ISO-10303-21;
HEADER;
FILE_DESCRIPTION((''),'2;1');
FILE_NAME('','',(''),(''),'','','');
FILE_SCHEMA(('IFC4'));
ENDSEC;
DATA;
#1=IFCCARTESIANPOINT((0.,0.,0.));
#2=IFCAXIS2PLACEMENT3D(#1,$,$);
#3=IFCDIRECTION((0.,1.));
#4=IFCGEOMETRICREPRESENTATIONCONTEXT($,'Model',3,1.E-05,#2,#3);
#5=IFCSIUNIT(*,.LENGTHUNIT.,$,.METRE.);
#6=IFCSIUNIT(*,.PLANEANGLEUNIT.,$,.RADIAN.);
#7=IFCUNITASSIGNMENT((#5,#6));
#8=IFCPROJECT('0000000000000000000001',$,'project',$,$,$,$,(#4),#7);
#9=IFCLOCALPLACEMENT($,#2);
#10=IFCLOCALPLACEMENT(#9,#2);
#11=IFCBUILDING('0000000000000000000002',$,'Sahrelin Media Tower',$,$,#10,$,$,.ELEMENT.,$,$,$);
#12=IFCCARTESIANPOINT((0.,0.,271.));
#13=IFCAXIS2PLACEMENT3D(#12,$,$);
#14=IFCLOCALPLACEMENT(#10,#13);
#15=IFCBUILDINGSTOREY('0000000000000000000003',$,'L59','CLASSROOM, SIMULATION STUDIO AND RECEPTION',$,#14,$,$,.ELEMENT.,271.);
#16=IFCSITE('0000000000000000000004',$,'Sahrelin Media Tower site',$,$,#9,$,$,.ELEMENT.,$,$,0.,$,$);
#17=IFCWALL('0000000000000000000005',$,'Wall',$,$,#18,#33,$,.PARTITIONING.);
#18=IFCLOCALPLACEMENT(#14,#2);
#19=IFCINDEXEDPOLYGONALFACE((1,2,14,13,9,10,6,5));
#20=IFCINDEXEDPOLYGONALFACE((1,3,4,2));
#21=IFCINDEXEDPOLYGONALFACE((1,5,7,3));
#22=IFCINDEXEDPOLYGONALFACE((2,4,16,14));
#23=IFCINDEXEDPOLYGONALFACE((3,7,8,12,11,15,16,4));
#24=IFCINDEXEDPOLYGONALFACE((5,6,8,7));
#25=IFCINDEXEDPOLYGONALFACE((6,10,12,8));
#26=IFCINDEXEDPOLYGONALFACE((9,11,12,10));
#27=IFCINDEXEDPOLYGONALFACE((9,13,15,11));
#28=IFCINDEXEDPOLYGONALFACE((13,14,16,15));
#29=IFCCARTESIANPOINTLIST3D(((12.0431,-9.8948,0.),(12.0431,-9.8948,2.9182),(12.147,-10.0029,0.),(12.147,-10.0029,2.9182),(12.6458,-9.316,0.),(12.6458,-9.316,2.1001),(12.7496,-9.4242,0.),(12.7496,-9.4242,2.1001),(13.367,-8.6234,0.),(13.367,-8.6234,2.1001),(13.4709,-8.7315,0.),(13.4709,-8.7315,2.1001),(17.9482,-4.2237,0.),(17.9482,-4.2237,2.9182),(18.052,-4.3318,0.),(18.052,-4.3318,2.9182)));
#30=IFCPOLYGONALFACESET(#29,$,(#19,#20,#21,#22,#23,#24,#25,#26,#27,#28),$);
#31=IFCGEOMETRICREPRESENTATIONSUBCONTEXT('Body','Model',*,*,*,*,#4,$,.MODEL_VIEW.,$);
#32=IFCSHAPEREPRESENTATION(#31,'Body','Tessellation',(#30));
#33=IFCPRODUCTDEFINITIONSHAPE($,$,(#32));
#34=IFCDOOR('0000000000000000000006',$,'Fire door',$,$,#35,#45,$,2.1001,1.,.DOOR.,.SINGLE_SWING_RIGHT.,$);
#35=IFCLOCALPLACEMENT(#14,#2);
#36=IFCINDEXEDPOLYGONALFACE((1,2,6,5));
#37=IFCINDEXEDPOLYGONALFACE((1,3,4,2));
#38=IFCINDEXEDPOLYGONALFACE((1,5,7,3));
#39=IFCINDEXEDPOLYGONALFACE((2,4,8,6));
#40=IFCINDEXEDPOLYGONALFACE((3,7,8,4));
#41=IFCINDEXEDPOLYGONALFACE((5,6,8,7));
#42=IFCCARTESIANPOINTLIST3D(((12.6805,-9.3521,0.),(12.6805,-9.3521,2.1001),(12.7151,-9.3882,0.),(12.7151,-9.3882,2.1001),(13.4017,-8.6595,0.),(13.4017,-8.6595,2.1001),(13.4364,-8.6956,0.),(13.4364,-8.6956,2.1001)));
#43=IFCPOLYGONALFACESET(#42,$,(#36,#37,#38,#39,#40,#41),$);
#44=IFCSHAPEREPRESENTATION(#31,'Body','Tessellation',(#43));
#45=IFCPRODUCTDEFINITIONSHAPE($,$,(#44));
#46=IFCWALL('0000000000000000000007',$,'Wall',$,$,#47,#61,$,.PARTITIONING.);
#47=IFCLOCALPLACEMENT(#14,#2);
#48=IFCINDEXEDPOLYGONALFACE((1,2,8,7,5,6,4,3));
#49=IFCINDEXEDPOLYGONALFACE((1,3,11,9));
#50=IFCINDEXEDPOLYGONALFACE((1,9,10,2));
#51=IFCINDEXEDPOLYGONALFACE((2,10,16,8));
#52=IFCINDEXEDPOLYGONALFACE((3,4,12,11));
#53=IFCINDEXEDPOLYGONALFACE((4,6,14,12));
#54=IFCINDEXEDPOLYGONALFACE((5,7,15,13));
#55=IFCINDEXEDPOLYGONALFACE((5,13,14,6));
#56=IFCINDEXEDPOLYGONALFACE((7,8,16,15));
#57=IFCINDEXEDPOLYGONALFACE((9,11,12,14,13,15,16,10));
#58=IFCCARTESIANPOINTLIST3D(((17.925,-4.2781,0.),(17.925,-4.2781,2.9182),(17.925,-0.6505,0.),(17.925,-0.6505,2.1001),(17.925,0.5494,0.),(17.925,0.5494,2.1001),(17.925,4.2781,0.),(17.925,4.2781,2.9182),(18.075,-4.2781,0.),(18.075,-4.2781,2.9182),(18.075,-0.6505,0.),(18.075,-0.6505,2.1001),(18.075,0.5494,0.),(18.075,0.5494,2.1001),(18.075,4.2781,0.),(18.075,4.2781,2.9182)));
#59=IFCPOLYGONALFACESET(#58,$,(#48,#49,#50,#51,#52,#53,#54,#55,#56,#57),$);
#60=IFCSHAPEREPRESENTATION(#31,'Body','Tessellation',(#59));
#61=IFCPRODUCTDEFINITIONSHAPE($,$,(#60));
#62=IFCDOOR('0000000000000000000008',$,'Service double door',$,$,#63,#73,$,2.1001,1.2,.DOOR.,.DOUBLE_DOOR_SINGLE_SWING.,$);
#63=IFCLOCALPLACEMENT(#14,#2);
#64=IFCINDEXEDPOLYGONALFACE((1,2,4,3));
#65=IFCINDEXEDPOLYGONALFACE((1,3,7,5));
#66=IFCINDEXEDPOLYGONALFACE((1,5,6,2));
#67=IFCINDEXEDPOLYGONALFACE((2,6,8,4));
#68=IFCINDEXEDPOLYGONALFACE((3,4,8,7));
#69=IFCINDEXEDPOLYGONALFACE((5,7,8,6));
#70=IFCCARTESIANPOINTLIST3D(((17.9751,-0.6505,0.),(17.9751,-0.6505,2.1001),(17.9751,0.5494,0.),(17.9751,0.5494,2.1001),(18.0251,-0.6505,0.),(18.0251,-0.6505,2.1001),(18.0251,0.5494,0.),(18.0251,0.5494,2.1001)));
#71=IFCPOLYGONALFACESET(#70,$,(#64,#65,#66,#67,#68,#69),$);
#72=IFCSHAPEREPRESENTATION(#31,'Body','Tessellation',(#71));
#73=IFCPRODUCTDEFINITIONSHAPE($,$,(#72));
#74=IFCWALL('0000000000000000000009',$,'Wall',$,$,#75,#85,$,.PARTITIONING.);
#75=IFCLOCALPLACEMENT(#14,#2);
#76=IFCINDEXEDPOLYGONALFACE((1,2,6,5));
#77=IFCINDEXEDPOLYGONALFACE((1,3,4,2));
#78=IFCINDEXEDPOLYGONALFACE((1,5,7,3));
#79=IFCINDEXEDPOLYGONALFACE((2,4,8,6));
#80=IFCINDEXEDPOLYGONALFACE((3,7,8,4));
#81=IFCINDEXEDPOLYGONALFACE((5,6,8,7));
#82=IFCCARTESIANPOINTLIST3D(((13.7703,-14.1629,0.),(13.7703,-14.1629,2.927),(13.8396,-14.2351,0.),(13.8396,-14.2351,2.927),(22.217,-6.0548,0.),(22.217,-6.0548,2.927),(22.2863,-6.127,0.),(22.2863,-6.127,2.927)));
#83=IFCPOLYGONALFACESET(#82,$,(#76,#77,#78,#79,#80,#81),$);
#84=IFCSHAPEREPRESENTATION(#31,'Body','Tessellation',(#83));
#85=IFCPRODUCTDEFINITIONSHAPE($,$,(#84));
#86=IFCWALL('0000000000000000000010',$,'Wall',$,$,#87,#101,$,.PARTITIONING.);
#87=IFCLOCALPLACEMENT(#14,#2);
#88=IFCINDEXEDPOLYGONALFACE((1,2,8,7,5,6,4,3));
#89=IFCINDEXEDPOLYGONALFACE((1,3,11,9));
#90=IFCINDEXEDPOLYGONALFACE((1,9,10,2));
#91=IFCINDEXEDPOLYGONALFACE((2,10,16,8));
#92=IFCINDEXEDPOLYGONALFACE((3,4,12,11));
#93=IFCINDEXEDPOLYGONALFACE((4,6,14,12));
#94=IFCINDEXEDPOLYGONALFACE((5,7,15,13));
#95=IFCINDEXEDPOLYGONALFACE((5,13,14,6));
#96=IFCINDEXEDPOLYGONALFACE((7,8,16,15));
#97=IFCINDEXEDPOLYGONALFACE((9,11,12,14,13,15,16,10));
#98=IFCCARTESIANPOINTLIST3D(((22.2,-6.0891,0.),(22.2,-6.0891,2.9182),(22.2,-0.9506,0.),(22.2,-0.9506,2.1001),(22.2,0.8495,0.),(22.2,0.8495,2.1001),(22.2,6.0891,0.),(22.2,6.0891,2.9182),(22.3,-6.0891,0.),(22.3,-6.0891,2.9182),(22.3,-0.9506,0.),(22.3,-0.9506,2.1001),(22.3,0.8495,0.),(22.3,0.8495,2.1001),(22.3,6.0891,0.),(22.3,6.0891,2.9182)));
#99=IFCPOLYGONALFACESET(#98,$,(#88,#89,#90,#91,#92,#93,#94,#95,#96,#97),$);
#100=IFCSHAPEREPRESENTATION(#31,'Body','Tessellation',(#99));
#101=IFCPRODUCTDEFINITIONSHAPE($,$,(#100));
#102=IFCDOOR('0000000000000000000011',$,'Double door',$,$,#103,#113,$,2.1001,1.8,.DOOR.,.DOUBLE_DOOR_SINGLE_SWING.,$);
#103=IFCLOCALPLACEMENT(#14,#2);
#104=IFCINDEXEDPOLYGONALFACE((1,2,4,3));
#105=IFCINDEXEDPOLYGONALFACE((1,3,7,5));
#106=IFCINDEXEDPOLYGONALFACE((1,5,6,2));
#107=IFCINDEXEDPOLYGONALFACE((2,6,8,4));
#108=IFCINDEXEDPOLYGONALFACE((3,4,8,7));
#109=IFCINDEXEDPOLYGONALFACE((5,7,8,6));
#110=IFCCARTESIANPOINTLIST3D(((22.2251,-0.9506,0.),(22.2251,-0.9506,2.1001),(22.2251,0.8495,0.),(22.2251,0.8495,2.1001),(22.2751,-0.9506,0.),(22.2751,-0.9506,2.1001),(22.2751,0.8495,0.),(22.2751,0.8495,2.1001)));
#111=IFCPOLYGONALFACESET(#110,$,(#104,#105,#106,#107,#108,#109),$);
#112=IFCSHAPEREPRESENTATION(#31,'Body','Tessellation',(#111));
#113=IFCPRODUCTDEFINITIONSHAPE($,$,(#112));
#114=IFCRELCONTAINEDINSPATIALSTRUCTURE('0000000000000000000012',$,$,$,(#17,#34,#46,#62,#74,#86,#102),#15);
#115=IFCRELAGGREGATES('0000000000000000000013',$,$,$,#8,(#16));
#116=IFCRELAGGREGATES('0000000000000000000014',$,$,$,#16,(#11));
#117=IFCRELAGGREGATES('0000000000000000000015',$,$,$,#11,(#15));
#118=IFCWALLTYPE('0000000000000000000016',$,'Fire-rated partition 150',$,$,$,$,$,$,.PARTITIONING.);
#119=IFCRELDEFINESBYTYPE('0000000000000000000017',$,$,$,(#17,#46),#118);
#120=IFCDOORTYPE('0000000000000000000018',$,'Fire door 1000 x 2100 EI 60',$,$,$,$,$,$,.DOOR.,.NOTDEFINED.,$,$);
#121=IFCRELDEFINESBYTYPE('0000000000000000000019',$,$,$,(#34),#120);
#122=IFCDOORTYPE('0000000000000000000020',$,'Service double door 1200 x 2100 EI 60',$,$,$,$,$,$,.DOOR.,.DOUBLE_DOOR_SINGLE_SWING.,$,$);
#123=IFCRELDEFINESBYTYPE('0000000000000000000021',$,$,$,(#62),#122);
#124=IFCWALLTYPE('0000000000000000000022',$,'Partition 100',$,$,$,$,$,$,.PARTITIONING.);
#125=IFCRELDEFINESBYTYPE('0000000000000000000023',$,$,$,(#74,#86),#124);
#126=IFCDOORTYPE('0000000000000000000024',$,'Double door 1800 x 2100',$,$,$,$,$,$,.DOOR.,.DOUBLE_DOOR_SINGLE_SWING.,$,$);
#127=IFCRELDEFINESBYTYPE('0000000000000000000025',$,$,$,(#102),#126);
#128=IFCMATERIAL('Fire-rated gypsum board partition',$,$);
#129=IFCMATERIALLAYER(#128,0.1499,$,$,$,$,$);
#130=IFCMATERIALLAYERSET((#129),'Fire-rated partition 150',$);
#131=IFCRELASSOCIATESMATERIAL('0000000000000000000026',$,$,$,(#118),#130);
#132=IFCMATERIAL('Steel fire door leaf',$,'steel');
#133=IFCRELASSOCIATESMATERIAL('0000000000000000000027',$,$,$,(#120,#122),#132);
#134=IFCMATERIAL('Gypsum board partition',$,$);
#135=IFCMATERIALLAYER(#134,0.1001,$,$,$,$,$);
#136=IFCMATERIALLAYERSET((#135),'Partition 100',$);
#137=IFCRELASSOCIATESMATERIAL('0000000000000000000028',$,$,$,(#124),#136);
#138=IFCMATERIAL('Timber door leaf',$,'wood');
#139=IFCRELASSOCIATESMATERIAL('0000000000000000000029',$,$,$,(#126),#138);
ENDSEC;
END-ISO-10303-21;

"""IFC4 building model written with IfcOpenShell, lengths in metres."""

from ifc_helpers import new_model, si_unit, direction, frame, frame_2d, origin, place, context, subcontext, project, spatial, rectangle, extrude, material, layer, layer_set, type_object, element, fill, save


model = new_model("IFC4")

# Units and contexts
model_context = context("Model", 3, precision=1e-05, world=origin(), true_north=direction((0.0, 1.0)))
body_context = subcontext(model_context, "Body", "Model", "MODEL_VIEW")
ifc_project = project(units=[si_unit("LENGTHUNIT", "METRE"), si_unit("PLANEANGLEUNIT", "RADIAN")], contexts=[model_context])

# Site, building, storey
site_placement = place(None, origin())
site = spatial("IfcSite", under=ifc_project, at=site_placement, Name="Sahrelin Media Tower site", CompositionType="ELEMENT", RefElevation=0.0)
building_placement = place(site_placement, origin())
building = spatial("IfcBuilding", under=site, at=building_placement, Name="Sahrelin Media Tower", CompositionType="ELEMENT")
storey_placement = place(building_placement, frame((0.0, 0.0, 271.0)))
storey = spatial("IfcBuildingStorey", under=building, at=storey_placement, Name="L59", Description="CLASSROOM, SIMULATION STUDIO AND RECEPTION", CompositionType="ELEMENT", Elevation=271.0)

# Shared definitions
ifc_material_1 = material(Name="Fire-rated gypsum board partition")
ifc_layer_1 = layer(ifc_material_1, 0.1499)
ifc_layer_set_1 = layer_set([ifc_layer_1], Name="Fire-rated partition 150")
wall_type_1 = type_object("IfcWallType", Name="Fire-rated partition 150", PredefinedType="PARTITIONING", material=ifc_layer_set_1)

# Walls, openings, doors
wall_1_placement = place(storey_placement, frame((12.095, -9.949, 0.0), z_axis=(0.0, 0.0, 1.0), x_axis=(0.721246, 0.692679, 0.0)))
wall_1 = element("IfcWall", 1, at=wall_1_placement, inside=storey, type_object=wall_type_1, Name="Wall", PredefinedType="PARTITIONING", context=body_context, shape_type="SweptSolid", body=[
    extrude(rectangle(XDim=8.1873, YDim=0.1499, at=frame_2d((4.0938, 0.0))), origin(), (0.0, 0.0, 1.0), 2.9182),
])
opening_1_placement = place(wall_1_placement, frame((0.8357, 0.0, 0.0)))
opening_1 = element("IfcOpeningElement", 2, at=opening_1_placement, cuts=wall_1, PredefinedType="OPENING", context=body_context, shape_type="SweptSolid", body=[
    extrude(rectangle(XDim=1.0, YDim=2.1001, at=frame_2d((0.5, 1.05))), frame((0.0, 0.075, 0.0), z_axis=(0.0, -1.0, 0.0), x_axis=(1.0, 0.0, 0.0)), (0.0, 0.0, 1.0), 0.1499),
])
ifc_material_2 = material(Name="Steel fire door leaf", Category="steel")
door_type_1 = type_object("IfcDoorType", Name="Fire door 1000 x 2100 EI 60", OperationType="NOTDEFINED", PredefinedType="DOOR", material=ifc_material_2)
door_1_placement = place(opening_1_placement, origin())
door_1 = element("IfcDoor", 3, at=door_1_placement, inside=storey, type_object=door_type_1, Name="Fire door", OperationType="SINGLE_SWING_RIGHT", OverallHeight=2.1001, OverallWidth=1.0, PredefinedType="DOOR", context=body_context, shape_type="SweptSolid", body=[
    extrude(rectangle(XDim=1.0, YDim=2.1001, at=frame_2d((0.5, 1.05))), frame((0.0, 0.0249, 0.0), z_axis=(0.0, -1.0, 0.0), x_axis=(1.0, 0.0, 0.0)), (0.0, 0.0, 1.0), 0.05),
])
fill(opening_1, door_1)
wall_2_placement = place(storey_placement, frame((18.0, -4.2781, 0.0), z_axis=(0.0, 0.0, 1.0), x_axis=(0.0, 1.0, 0.0)))
wall_2 = element("IfcWall", 4, at=wall_2_placement, inside=storey, type_object=wall_type_1, Name="Wall", PredefinedType="PARTITIONING", context=body_context, shape_type="SweptSolid", body=[
    extrude(rectangle(XDim=8.5562, YDim=0.1499, at=frame_2d((4.2781, 0.0))), origin(), (0.0, 0.0, 1.0), 2.9182),
])
opening_2_placement = place(wall_2_placement, frame((3.6274, 0.0, 0.0)))
opening_2 = element("IfcOpeningElement", 5, at=opening_2_placement, cuts=wall_2, PredefinedType="OPENING", context=body_context, shape_type="SweptSolid", body=[
    extrude(rectangle(XDim=1.2, YDim=2.1001, at=frame_2d((0.6001, 1.05))), frame((0.0, 0.075, 0.0), z_axis=(0.0, -1.0, 0.0), x_axis=(1.0, 0.0, 0.0)), (0.0, 0.0, 1.0), 0.1499),
])
door_type_2 = type_object("IfcDoorType", Name="Service double door 1200 x 2100 EI 60", OperationType="DOUBLE_DOOR_SINGLE_SWING", PredefinedType="DOOR", material=ifc_material_2)
door_2_placement = place(opening_2_placement, origin())
door_2 = element("IfcDoor", 6, at=door_2_placement, inside=storey, type_object=door_type_2, Name="Service double door", OperationType="DOUBLE_DOOR_SINGLE_SWING", OverallHeight=2.1001, OverallWidth=1.2, PredefinedType="DOOR", context=body_context, shape_type="SweptSolid", body=[
    extrude(rectangle(XDim=1.2, YDim=2.1001, at=frame_2d((0.6001, 1.05))), frame((0.0, 0.0249, 0.0), z_axis=(0.0, -1.0, 0.0), x_axis=(1.0, 0.0, 0.0)), (0.0, 0.0, 1.0), 0.05),
])
fill(opening_2, door_2)

# Wall
ifc_material_3 = material(Name="Gypsum board partition")
ifc_layer_2 = layer(ifc_material_3, 0.1001)
ifc_layer_set_2 = layer_set([ifc_layer_2], Name="Partition 100")
wall_type_2 = type_object("IfcWallType", Name="Partition 100", PredefinedType="PARTITIONING", material=ifc_layer_set_2)
wall_3_placement = place(storey_placement, frame((13.8049, -14.199, 0.0), z_axis=(0.0, 0.0, 1.0), x_axis=(0.721419, 0.692498, 0.0)))
element("IfcWall", 7, at=wall_3_placement, inside=storey, type_object=wall_type_2, Name="Wall", PredefinedType="PARTITIONING", context=body_context, shape_type="SweptSolid", body=[
    extrude(rectangle(XDim=11.7085, YDim=0.1001, at=frame_2d((5.8542, 0.0))), origin(), (0.0, 0.0, 1.0), 2.927),
])

# Wall, opening, door
wall_4_placement = place(storey_placement, frame((22.25, -6.0891, 0.0), z_axis=(0.0, 0.0, 1.0), x_axis=(0.0, 1.0, 0.0)))
wall_4 = element("IfcWall", 8, at=wall_4_placement, inside=storey, type_object=wall_type_2, Name="Wall", PredefinedType="PARTITIONING", context=body_context, shape_type="SweptSolid", body=[
    extrude(rectangle(XDim=12.1782, YDim=0.1001, at=frame_2d((6.0891, 0.0))), origin(), (0.0, 0.0, 1.0), 2.9182),
])
opening_3_placement = place(wall_4_placement, frame((5.1387, 0.0, 0.0)))
opening_3 = element("IfcOpeningElement", 9, at=opening_3_placement, cuts=wall_4, PredefinedType="OPENING", context=body_context, shape_type="SweptSolid", body=[
    extrude(rectangle(XDim=1.8, YDim=2.1001, at=frame_2d((0.8999, 1.05))), frame((0.0, 0.05, 0.0), z_axis=(0.0, -1.0, 0.0), x_axis=(1.0, 0.0, 0.0)), (0.0, 0.0, 1.0), 0.1001),
])
ifc_material_4 = material(Name="Timber door leaf", Category="wood")
door_type_3 = type_object("IfcDoorType", Name="Double door 1800 x 2100", OperationType="DOUBLE_DOOR_SINGLE_SWING", PredefinedType="DOOR", material=ifc_material_4)
door_3_placement = place(opening_3_placement, origin())
door_3 = element("IfcDoor", 10, at=door_3_placement, inside=storey, type_object=door_type_3, Name="Double door", OperationType="DOUBLE_DOOR_SINGLE_SWING", OverallHeight=2.1001, OverallWidth=1.8, PredefinedType="DOOR", context=body_context, shape_type="SweptSolid", body=[
    extrude(rectangle(XDim=1.8, YDim=2.1001, at=frame_2d((0.8999, 1.05))), frame((0.0, 0.0249, 0.0), z_axis=(0.0, -1.0, 0.0), x_axis=(1.0, 0.0, 0.0)), (0.0, 0.0, 1.0), 0.05),
])
fill(opening_3, door_3)

save(model, "model.ifc")
